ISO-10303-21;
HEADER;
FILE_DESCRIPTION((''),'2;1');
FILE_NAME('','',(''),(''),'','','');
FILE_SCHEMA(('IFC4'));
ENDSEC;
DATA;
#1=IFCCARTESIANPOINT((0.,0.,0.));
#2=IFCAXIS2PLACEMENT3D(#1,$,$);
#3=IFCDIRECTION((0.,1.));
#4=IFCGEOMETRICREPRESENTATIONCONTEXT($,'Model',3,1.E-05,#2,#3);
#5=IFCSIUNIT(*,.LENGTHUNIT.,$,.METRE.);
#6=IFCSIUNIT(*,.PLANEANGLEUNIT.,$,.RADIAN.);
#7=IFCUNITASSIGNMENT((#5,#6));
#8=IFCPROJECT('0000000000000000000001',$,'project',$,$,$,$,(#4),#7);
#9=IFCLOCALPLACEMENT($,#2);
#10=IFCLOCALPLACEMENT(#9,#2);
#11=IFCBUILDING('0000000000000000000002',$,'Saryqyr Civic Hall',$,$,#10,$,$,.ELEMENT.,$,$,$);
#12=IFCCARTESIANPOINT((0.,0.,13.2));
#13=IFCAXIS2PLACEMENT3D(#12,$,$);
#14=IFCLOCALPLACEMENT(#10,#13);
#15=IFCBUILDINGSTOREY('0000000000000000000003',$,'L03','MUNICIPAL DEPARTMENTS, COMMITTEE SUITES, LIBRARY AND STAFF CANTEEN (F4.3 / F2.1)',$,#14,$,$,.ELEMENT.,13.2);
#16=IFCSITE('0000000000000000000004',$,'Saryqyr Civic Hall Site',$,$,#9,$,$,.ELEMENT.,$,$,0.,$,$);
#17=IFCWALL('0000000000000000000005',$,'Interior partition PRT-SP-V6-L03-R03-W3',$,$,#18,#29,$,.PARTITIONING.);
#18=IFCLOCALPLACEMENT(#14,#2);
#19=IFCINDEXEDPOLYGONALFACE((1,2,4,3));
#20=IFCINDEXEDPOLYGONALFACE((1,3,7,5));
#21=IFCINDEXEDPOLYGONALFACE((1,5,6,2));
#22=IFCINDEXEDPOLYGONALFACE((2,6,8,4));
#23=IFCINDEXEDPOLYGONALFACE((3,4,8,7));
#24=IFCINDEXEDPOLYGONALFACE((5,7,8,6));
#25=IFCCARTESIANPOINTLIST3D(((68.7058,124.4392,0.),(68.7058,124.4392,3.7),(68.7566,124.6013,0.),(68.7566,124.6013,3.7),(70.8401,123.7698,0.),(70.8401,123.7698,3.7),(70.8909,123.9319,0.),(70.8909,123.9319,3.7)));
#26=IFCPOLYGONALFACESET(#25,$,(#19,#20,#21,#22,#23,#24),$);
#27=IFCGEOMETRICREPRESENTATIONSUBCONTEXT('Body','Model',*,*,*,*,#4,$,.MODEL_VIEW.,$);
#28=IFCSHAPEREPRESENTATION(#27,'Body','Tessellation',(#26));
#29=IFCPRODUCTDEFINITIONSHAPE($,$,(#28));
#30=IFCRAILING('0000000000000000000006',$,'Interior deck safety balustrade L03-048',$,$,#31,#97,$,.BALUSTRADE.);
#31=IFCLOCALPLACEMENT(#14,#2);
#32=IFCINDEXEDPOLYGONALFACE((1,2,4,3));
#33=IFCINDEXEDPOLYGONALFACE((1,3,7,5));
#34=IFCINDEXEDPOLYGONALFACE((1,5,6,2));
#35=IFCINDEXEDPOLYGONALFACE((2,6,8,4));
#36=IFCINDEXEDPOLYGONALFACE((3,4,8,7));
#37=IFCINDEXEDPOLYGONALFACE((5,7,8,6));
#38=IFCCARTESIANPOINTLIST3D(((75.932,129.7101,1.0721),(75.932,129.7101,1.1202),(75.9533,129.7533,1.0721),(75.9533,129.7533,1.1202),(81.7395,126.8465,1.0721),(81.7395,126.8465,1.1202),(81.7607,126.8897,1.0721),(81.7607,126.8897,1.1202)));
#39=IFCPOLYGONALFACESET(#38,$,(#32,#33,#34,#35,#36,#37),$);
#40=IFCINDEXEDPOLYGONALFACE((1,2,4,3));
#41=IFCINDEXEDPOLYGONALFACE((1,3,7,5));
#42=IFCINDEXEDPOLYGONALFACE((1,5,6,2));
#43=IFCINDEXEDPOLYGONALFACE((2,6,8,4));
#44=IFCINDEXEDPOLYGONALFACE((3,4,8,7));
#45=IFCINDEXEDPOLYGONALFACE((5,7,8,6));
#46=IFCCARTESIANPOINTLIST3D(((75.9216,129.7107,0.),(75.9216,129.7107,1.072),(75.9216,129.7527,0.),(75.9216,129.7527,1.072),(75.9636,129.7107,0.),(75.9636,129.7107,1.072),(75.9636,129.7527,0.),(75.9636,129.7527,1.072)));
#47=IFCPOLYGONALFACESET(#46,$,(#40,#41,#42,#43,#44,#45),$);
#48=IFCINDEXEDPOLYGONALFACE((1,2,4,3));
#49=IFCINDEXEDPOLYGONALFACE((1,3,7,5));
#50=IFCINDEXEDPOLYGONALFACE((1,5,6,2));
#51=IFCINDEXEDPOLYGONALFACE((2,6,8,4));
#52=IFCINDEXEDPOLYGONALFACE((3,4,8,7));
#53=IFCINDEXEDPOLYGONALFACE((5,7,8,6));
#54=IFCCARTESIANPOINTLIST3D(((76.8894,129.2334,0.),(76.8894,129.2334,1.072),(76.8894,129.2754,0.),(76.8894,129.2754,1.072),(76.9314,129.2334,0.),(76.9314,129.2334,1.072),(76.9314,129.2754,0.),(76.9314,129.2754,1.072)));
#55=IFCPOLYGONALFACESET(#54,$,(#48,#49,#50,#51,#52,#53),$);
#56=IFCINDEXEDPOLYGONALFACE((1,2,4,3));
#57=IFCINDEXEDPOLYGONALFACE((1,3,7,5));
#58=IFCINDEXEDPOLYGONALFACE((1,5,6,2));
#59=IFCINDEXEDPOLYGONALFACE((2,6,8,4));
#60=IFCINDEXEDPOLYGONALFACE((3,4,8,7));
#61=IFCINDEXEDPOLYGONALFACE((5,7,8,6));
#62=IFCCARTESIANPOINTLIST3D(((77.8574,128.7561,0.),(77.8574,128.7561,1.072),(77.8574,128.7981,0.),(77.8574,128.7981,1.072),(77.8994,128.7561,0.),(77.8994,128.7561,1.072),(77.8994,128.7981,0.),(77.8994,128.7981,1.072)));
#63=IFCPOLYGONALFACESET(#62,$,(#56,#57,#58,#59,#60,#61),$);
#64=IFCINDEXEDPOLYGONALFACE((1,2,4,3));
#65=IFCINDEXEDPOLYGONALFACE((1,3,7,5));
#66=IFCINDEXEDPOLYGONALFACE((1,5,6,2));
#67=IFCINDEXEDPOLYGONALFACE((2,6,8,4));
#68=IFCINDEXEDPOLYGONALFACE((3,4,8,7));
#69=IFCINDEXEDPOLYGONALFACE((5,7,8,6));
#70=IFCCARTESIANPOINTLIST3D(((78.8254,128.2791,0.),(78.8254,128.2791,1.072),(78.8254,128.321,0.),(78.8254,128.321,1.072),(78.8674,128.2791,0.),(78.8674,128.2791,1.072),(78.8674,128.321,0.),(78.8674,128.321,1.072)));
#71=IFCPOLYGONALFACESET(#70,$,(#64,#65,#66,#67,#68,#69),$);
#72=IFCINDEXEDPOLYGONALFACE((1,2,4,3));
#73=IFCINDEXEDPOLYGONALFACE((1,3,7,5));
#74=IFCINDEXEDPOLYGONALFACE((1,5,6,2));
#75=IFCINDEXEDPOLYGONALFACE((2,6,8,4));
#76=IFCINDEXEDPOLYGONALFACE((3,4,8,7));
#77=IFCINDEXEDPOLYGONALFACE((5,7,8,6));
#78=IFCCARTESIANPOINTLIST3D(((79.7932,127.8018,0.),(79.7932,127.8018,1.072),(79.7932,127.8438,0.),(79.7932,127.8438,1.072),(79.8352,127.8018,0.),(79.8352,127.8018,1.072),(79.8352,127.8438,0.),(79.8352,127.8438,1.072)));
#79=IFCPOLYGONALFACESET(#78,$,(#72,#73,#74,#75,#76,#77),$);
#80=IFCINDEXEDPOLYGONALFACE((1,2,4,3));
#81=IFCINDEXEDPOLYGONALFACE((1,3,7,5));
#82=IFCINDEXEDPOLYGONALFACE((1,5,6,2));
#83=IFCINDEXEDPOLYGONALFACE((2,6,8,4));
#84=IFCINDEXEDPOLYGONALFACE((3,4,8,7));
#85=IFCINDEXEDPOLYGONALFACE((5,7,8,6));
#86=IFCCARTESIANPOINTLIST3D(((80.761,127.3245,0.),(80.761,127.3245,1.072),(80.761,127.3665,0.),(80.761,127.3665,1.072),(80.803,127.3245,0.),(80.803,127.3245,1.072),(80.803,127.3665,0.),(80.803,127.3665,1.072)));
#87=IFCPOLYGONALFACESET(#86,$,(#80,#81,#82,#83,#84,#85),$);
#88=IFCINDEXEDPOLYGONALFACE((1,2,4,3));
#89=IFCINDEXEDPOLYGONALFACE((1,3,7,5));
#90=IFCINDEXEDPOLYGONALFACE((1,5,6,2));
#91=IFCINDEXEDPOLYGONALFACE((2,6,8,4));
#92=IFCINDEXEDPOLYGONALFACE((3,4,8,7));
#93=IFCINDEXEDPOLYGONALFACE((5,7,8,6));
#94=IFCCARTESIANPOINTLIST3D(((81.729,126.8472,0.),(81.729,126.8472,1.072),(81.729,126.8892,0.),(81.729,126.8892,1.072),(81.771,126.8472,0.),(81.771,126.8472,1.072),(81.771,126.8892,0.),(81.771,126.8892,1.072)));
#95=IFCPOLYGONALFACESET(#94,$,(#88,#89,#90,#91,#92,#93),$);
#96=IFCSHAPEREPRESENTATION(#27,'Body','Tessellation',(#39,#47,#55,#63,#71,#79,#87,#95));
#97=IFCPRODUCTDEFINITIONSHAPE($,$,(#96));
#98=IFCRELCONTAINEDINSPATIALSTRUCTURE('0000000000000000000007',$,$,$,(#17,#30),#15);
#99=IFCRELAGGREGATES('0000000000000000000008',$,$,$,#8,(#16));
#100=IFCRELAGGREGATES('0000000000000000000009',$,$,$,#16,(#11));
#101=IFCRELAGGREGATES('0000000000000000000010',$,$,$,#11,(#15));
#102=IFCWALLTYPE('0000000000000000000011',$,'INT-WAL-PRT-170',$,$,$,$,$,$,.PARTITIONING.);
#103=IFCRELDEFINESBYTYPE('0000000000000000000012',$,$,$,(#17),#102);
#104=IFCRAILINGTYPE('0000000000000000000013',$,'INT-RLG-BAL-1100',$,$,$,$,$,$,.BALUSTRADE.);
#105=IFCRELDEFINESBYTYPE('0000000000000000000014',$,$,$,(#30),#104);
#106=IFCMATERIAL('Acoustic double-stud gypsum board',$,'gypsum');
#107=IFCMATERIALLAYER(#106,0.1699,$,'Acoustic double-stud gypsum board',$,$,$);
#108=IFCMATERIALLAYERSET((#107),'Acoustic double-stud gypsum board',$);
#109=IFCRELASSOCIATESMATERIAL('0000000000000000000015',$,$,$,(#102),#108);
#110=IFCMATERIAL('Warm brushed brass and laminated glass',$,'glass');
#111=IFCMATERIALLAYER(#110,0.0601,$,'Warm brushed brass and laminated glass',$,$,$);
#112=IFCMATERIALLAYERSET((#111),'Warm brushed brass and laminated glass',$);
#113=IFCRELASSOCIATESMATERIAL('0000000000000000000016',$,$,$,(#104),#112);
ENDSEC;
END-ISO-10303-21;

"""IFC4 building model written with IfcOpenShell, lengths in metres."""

from ifc_helpers import new_model, si_unit, direction, frame, frame_2d, origin, origin_2d, place, context, subcontext, project, spatial, rectangle, extrude, material, layer, layer_set, type_object, element, save


model = new_model("IFC4")

# Units and contexts
model_context = context("Model", 3, precision=1e-05, world=origin(), true_north=direction((0.0, 1.0)))
body_context = subcontext(model_context, "Body", "Model", "MODEL_VIEW")
ifc_project = project(units=[si_unit("LENGTHUNIT", "METRE"), si_unit("PLANEANGLEUNIT", "RADIAN")], contexts=[model_context])

# Site, building, storey
site_placement = place(None, origin())
site = spatial("IfcSite", under=ifc_project, at=site_placement, Name="Saryqyr Civic Hall Site", CompositionType="ELEMENT", RefElevation=0.0)
building_placement = place(site_placement, origin())
building = spatial("IfcBuilding", under=site, at=building_placement, Name="Saryqyr Civic Hall", CompositionType="ELEMENT")
storey_placement = place(building_placement, frame((0.0, 0.0, 13.2)))
storey = spatial("IfcBuildingStorey", under=building, at=storey_placement, Name="L03", Description="MUNICIPAL DEPARTMENTS, COMMITTEE SUITES, LIBRARY AND STAFF CANTEEN (F4.3 / F2.1)", CompositionType="ELEMENT", Elevation=13.2)

# Shared definitions
ifc_material_1 = material(Name="Acoustic double-stud gypsum board", Category="gypsum")
ifc_layer_1 = layer(ifc_material_1, 0.1699, Name="Acoustic double-stud gypsum board")
ifc_layer_set_1 = layer_set([ifc_layer_1], Name="Acoustic double-stud gypsum board")
wall_type_1 = type_object("IfcWallType", Name="INT-WAL-PRT-170", PredefinedType="PARTITIONING", material=ifc_layer_set_1)

# Wall
wall_1_placement = place(storey_placement, frame((70.8655, 123.8508, 0.0), z_axis=(0.0, 0.0, 1.0), x_axis=(-0.954165, 0.299282, 0.0)))
element("IfcWall", 1, at=wall_1_placement, inside=storey, type_object=wall_type_1, Name="Interior partition PRT-SP-V6-L03-R03-W3", PredefinedType="PARTITIONING", context=body_context, shape_type="SweptSolid", body=[
    extrude(rectangle(XDim=2.2368, YDim=0.1699, at=frame_2d((1.1184, 0.0))), origin(), (0.0, 0.0, 1.0), 3.7),
])

# Railing
ifc_material_2 = material(Name="Warm brushed brass and laminated glass", Category="glass")
ifc_layer_2 = layer(ifc_material_2, 0.0601, Name="Warm brushed brass and laminated glass")
ifc_layer_set_2 = layer_set([ifc_layer_2], Name="Warm brushed brass and laminated glass")
railing_type = type_object("IfcRailingType", Name="INT-RLG-BAL-1100", PredefinedType="BALUSTRADE", material=ifc_layer_set_2)
railing_placement = place(storey_placement, frame((75.9426, 129.7317, 0.0)))
element("IfcRailing", 2, at=railing_placement, inside=storey, type_object=railing_type, Name="Interior deck safety balustrade L03-048", PredefinedType="BALUSTRADE", context=body_context, shape_type="SweptSolid", body=[
    extrude(rectangle(XDim=0.0481, YDim=0.0481, at=origin_2d()), frame((0.0, 0.0, 1.0962), z_axis=(0.896894, -0.442245, 0.0), x_axis=(0.442245, 0.896894, 0.0)), (0.0, 0.0, 1.0), 6.4751),
    extrude(rectangle(XDim=0.042, YDim=0.042, at=origin_2d()), origin(), (0.0, 0.0, 1.0), 1.072),
    extrude(rectangle(XDim=0.042, YDim=0.042, at=origin_2d()), frame((0.9678, -0.4773, 0.0)), (0.0, 0.0, 1.0), 1.072),
    extrude(rectangle(XDim=0.042, YDim=0.042, at=origin_2d()), frame((1.9358, -0.9546, 0.0)), (0.0, 0.0, 1.0), 1.072),
    extrude(rectangle(XDim=0.042, YDim=0.042, at=origin_2d()), frame((2.9038, -1.4316, 0.0)), (0.0, 0.0, 1.0), 1.072),
    extrude(rectangle(XDim=0.042, YDim=0.042, at=origin_2d()), frame((3.8716, -1.9089, 0.0)), (0.0, 0.0, 1.0), 1.072),
    extrude(rectangle(XDim=0.042, YDim=0.042, at=origin_2d()), frame((4.8394, -2.3862, 0.0)), (0.0, 0.0, 1.0), 1.072),
    extrude(rectangle(XDim=0.042, YDim=0.042, at=origin_2d()), frame((5.8074, -2.8635, 0.0)), (0.0, 0.0, 1.0), 1.072),
])

save(model, "model.ifc")
